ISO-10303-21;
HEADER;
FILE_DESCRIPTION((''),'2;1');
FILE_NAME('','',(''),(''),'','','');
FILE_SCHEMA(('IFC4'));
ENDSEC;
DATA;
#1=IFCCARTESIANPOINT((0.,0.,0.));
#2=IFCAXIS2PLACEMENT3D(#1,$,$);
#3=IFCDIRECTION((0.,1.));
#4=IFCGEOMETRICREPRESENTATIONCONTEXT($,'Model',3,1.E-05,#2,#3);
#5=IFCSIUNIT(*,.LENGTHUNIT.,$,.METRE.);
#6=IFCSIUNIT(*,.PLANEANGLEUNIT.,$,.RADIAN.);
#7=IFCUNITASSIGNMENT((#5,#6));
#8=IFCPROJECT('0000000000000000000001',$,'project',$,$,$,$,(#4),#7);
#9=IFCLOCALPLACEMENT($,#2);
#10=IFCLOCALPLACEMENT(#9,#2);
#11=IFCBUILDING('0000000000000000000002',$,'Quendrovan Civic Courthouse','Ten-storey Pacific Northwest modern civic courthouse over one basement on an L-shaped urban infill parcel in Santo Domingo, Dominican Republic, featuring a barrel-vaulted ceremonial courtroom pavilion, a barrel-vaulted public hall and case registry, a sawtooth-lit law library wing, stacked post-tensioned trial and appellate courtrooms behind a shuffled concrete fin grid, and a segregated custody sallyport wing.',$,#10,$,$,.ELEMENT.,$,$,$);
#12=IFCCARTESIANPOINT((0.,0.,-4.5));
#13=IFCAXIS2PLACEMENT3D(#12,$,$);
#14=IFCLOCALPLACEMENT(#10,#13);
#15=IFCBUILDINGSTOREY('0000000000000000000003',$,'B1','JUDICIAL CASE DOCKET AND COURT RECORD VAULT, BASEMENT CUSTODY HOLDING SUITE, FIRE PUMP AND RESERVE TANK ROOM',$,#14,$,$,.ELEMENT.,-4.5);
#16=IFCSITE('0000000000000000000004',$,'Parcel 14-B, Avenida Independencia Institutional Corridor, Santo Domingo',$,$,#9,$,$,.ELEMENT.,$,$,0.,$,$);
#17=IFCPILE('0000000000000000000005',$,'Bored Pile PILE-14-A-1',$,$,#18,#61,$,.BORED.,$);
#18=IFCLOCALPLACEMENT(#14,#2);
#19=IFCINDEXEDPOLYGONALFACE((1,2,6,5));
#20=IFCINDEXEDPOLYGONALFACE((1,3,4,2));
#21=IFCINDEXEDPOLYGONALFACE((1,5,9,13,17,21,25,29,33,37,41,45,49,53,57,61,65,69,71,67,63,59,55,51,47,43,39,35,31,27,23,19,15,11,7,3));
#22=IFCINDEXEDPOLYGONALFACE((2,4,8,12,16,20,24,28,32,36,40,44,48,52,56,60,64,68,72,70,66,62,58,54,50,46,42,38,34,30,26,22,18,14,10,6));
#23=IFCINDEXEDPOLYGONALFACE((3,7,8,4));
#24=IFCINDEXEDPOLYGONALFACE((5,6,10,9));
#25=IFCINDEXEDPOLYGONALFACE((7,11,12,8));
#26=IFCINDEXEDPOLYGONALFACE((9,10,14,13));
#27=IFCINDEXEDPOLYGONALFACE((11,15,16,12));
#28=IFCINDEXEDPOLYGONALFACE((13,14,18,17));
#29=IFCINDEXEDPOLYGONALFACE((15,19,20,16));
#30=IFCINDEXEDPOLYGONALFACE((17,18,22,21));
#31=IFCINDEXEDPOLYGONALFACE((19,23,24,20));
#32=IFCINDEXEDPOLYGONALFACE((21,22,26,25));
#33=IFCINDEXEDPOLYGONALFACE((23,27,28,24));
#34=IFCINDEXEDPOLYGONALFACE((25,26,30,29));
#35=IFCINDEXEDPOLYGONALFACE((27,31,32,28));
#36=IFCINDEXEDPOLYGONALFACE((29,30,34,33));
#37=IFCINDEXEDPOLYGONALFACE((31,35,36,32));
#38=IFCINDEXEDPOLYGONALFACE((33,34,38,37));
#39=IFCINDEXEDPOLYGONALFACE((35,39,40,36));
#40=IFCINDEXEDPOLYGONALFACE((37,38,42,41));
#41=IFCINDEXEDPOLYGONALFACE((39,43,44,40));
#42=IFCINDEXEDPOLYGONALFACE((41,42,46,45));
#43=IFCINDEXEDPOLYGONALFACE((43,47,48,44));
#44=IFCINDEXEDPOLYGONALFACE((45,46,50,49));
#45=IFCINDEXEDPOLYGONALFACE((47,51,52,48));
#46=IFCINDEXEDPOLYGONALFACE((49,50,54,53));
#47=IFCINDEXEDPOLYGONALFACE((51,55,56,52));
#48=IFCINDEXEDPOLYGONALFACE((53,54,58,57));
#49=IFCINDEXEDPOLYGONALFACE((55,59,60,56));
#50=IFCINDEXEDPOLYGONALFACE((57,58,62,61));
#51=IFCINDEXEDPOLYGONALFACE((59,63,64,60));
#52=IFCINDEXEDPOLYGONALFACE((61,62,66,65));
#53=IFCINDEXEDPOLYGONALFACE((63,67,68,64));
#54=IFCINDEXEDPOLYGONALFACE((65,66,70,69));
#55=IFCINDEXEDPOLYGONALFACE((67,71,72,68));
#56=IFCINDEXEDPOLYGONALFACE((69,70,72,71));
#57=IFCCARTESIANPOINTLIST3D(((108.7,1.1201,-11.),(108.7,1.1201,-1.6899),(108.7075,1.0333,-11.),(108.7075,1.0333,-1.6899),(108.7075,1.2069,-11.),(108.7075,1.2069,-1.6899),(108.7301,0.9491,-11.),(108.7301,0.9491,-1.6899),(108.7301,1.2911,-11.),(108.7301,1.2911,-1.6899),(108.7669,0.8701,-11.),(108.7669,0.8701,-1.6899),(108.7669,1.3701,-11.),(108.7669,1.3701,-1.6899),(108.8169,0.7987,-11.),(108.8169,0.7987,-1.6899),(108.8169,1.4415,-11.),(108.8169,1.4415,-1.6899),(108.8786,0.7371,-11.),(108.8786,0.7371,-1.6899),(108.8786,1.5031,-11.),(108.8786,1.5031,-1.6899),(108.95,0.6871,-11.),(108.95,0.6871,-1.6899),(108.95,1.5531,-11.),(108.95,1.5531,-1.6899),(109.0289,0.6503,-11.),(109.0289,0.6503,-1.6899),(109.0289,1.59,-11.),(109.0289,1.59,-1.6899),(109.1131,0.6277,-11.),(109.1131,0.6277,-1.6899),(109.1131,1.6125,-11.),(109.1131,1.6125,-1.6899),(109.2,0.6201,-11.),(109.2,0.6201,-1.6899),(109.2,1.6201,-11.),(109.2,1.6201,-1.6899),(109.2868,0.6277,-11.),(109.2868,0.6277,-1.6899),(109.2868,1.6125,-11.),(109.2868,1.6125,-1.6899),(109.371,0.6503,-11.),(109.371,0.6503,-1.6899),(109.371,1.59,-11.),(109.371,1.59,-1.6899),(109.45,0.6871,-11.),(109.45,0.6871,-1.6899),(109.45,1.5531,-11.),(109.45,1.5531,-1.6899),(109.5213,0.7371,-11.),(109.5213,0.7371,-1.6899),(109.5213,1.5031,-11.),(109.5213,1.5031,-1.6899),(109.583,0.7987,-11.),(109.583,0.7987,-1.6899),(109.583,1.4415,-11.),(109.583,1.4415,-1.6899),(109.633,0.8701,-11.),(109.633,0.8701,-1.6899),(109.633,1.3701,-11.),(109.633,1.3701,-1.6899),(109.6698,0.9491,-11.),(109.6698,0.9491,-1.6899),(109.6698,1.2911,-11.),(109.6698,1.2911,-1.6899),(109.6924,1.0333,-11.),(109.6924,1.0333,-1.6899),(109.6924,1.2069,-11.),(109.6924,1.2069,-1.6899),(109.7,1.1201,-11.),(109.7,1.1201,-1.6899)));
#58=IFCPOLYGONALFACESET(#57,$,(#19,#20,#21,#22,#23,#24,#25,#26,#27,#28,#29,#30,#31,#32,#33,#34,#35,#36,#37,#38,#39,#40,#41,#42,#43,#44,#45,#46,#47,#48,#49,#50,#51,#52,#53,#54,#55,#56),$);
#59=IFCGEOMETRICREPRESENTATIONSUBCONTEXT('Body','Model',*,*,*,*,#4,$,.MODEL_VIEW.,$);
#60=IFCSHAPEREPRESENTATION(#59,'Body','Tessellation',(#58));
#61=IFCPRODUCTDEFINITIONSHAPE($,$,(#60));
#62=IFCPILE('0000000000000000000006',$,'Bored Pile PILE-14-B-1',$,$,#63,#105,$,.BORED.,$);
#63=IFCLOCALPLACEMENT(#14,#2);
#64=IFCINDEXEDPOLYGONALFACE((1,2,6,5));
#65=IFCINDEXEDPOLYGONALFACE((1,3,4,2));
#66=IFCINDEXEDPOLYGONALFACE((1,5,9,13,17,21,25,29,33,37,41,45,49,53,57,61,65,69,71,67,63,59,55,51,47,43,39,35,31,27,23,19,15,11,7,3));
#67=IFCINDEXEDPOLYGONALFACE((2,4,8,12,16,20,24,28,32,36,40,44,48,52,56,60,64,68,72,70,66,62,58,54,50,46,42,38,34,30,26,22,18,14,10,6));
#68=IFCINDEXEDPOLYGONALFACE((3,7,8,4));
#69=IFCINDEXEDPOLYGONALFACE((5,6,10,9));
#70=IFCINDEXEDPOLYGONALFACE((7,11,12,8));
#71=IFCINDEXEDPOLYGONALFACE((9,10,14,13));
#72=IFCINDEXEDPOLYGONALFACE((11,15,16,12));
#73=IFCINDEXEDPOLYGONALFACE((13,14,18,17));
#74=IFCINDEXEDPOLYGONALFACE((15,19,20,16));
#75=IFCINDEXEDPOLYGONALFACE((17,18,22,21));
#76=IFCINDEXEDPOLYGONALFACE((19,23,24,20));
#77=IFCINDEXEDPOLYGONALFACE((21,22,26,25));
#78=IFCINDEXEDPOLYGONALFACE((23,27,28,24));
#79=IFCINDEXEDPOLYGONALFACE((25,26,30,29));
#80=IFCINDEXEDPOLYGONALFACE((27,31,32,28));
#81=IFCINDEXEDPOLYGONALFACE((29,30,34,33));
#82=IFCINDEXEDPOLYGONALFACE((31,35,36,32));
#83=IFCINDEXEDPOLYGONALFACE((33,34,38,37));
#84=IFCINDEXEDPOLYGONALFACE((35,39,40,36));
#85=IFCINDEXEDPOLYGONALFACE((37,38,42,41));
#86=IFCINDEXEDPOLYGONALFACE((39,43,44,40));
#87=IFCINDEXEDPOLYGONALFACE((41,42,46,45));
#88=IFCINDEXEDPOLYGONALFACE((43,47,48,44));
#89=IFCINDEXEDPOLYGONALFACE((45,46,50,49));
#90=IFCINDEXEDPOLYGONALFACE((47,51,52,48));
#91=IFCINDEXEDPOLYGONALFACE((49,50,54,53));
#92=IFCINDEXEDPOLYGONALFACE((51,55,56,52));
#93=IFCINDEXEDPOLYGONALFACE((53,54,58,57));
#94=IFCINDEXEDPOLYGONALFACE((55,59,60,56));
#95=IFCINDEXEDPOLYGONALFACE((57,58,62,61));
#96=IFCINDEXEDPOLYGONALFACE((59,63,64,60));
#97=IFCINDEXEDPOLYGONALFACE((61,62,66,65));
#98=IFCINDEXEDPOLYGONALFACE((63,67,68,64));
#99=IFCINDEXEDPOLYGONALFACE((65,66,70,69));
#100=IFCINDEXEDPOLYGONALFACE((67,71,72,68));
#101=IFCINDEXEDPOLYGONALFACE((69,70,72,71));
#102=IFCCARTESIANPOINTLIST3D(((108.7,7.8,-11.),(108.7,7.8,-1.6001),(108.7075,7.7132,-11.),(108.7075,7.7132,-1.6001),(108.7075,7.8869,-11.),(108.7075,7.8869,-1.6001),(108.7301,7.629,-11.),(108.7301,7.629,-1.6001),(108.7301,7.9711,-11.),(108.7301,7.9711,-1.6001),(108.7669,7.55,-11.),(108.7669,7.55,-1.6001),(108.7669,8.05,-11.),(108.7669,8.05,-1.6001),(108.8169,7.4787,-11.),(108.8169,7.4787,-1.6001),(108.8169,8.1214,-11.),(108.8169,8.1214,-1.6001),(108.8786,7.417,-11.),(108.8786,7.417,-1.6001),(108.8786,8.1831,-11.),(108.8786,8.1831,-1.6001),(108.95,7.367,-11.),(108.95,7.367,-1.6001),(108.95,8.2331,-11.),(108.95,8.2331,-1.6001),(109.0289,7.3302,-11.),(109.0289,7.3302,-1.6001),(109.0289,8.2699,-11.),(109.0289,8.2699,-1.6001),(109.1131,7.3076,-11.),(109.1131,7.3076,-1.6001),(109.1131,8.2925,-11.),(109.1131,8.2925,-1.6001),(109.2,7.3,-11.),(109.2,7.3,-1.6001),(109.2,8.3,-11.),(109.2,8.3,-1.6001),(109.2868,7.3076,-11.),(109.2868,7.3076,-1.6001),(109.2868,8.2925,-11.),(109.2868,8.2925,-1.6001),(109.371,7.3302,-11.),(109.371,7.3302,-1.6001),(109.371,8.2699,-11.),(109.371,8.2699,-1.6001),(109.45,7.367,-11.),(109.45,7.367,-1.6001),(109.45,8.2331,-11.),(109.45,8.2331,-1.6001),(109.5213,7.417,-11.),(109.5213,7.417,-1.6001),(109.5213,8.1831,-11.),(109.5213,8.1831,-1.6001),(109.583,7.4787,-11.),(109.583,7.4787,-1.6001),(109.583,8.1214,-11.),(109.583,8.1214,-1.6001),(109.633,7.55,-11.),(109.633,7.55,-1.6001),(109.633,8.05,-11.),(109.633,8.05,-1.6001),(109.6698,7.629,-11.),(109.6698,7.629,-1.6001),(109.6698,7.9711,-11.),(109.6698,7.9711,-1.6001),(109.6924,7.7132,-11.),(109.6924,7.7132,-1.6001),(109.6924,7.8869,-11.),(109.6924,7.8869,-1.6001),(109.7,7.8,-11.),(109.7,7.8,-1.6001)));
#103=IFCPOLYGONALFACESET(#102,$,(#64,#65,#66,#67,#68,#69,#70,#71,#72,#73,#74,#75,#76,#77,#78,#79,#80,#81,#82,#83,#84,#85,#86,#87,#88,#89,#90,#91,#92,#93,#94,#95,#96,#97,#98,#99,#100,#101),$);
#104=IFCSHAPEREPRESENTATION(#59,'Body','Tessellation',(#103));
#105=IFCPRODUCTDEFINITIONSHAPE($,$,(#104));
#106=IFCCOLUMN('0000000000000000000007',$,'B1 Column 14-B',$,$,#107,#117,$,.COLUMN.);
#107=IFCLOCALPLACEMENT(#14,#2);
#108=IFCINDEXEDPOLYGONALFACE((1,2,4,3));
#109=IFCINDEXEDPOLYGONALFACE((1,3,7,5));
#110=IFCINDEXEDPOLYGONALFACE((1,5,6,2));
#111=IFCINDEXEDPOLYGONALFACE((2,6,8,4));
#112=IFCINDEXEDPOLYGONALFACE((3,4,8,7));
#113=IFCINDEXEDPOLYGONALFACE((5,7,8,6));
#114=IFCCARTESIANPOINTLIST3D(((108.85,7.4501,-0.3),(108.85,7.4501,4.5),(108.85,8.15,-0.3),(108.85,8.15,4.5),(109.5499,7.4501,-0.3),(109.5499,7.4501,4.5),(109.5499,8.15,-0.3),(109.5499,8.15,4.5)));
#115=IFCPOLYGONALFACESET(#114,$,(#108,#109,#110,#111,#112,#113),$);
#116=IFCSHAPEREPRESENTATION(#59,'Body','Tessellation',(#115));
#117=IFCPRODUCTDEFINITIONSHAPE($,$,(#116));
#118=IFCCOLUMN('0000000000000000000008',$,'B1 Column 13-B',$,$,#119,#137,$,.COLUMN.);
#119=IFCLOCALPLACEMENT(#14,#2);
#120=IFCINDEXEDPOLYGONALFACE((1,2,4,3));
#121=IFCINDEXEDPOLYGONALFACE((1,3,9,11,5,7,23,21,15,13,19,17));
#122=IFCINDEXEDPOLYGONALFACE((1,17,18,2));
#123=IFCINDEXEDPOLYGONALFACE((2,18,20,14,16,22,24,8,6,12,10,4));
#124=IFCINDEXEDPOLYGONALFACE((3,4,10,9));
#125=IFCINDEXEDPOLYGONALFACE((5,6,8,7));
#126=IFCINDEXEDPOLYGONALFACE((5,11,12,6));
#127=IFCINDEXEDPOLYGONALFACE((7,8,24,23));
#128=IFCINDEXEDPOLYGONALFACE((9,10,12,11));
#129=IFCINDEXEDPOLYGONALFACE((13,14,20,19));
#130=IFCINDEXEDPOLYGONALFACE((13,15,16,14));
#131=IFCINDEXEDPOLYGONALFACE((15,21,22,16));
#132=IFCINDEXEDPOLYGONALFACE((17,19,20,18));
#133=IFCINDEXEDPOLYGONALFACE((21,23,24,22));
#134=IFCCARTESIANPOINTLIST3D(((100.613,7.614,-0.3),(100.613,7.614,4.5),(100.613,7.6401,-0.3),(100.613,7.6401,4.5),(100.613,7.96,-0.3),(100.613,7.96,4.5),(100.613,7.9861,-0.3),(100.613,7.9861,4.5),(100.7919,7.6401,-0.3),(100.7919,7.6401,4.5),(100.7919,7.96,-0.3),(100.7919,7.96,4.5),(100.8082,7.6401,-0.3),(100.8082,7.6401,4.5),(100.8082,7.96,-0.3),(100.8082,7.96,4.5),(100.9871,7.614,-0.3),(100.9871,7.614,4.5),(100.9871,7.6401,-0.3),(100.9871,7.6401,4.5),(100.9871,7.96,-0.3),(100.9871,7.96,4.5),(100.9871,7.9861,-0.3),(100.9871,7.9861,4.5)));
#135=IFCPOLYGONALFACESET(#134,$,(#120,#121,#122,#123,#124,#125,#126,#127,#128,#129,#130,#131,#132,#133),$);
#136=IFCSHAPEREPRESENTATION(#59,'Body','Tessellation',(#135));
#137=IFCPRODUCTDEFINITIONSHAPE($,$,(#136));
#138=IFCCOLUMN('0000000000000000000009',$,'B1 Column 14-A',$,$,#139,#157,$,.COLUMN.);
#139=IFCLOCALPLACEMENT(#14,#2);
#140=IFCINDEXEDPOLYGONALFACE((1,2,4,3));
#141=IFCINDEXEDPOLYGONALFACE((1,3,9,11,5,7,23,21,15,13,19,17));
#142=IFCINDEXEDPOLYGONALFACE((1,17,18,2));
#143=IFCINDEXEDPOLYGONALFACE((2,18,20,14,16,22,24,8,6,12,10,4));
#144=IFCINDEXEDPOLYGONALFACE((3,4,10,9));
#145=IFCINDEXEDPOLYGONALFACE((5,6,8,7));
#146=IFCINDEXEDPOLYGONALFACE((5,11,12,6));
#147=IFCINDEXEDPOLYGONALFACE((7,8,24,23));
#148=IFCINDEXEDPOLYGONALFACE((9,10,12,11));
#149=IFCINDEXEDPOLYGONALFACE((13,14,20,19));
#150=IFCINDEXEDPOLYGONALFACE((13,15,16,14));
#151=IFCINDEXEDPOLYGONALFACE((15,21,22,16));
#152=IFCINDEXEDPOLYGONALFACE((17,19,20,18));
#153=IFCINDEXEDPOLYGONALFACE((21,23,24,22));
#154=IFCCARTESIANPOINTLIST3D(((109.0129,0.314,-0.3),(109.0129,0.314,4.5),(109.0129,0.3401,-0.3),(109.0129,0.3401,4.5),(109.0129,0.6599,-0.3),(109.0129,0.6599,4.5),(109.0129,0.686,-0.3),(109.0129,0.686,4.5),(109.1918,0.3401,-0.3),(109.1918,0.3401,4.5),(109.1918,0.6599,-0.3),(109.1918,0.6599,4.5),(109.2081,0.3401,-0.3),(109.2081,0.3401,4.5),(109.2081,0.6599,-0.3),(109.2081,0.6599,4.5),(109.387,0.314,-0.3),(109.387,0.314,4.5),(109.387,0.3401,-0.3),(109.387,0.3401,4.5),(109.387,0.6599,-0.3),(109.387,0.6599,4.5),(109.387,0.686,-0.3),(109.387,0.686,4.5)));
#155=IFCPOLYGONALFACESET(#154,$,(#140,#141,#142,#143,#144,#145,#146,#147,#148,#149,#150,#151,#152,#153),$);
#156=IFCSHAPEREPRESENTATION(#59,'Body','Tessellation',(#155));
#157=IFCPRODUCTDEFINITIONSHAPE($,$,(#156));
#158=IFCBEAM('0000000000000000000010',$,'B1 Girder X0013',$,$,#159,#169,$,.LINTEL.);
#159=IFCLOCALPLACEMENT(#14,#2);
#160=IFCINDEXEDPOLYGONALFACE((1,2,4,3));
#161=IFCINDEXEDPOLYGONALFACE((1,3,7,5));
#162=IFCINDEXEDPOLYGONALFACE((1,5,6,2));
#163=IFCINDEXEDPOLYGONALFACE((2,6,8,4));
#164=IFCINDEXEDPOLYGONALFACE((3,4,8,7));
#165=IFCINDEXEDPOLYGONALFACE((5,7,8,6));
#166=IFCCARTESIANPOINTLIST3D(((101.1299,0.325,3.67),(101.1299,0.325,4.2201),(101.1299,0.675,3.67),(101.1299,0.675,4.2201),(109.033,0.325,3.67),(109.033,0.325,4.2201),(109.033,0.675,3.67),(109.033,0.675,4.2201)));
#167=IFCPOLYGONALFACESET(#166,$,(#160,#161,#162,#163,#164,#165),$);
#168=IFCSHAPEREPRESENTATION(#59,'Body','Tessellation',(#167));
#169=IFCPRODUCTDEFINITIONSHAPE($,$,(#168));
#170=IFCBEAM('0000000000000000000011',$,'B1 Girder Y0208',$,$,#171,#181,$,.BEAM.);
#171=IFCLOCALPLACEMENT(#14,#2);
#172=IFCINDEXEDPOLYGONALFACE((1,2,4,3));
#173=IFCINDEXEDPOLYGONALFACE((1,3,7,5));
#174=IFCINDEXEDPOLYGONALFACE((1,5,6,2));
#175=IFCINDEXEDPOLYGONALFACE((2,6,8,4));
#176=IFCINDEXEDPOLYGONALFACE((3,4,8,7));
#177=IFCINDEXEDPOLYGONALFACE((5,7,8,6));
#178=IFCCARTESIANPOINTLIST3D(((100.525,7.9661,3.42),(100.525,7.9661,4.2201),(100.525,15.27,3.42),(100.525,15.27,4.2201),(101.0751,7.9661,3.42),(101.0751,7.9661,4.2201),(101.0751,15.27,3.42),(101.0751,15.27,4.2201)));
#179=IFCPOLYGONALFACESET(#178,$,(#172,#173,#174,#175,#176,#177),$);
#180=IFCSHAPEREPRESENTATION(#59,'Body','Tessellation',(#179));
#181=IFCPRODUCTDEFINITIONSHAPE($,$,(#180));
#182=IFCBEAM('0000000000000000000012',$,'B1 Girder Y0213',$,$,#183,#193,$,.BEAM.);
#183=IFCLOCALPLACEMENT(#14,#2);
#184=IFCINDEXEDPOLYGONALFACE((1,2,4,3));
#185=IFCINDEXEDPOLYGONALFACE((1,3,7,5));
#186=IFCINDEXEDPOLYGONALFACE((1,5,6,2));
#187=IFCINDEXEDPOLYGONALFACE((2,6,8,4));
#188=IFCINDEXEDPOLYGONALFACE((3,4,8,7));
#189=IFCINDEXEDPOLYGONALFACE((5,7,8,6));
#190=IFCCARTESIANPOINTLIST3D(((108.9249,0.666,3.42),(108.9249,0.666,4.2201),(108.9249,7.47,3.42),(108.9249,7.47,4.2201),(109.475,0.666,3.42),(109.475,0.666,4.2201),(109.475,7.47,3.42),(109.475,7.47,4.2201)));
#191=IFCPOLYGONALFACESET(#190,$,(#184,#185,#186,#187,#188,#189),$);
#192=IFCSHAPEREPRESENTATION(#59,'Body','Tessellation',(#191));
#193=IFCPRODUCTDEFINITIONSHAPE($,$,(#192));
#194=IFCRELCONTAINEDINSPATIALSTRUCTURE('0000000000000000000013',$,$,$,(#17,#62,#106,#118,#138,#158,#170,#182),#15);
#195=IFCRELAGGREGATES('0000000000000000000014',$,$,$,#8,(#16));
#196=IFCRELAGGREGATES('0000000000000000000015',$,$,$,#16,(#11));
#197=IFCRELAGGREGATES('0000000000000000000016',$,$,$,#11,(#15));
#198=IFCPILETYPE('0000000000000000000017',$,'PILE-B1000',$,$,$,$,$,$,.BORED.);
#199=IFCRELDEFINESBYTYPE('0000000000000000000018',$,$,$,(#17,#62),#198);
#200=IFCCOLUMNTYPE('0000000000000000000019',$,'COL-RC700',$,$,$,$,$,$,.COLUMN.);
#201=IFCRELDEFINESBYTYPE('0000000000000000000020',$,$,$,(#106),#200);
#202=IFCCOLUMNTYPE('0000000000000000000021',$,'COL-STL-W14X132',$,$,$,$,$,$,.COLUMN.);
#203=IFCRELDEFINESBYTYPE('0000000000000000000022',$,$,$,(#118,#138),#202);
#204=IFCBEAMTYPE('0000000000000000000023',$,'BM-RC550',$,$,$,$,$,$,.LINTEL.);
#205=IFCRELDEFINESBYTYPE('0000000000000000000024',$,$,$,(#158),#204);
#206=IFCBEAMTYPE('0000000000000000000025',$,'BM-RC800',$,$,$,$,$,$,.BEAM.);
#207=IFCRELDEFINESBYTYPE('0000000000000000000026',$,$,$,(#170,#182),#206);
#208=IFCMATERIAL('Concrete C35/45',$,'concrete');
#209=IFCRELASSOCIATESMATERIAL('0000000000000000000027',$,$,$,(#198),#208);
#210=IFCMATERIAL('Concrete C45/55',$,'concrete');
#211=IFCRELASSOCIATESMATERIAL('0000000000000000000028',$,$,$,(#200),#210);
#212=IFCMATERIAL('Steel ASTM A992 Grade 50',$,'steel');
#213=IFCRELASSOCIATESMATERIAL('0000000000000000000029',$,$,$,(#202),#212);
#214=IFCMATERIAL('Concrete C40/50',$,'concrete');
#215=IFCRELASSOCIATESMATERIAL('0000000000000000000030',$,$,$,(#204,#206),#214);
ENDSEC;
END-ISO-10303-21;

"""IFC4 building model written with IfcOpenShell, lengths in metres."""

from ifc_helpers import new_model, si_unit, direction, frame, origin, origin_2d, place, context, subcontext, project, spatial, rectangle, circle, i_section, extrude, material, material_profile, profile_set, type_object, element, save


model = new_model("IFC4")

# Units and contexts
model_context = context("Model", 3, precision=1e-05, world=origin(), true_north=direction((0.0, 1.0)))
body_context = subcontext(model_context, "Body", "Model", "MODEL_VIEW")
ifc_project = project(units=[si_unit("LENGTHUNIT", "METRE"), si_unit("PLANEANGLEUNIT", "RADIAN")], contexts=[model_context])

# Site, building, storey
site_placement = place(None, origin())
site = spatial("IfcSite", under=ifc_project, at=site_placement, Name="Parcel 14-B, Avenida Independencia Institutional Corridor, Santo Domingo", CompositionType="ELEMENT", RefElevation=0.0)
building_placement = place(site_placement, origin())
building = spatial("IfcBuilding", under=site, at=building_placement, Name="Quendrovan Civic Courthouse", Description="Ten-storey Pacific Northwest modern civic courthouse over one basement on an L-shaped urban infill parcel in Santo Domingo, Dominican Republic, featuring a barrel-vaulted ceremonial courtroom pavilion, a barrel-vaulted public hall and case registry, a sawtooth-lit law library wing, stacked post-tensioned trial and appellate courtrooms behind a shuffled concrete fin grid, and a segregated custody sallyport wing.", CompositionType="ELEMENT")
storey_placement = place(building_placement, frame((0.0, 0.0, -4.5)))
storey = spatial("IfcBuildingStorey", under=building, at=storey_placement, Name="B1", Description="JUDICIAL CASE DOCKET AND COURT RECORD VAULT, BASEMENT CUSTODY HOLDING SUITE, FIRE PUMP AND RESERVE TANK ROOM", CompositionType="ELEMENT", Elevation=-4.5)

# Shared definitions
ifc_material_1 = material(Name="Concrete C35/45", Category="concrete")

# Piles
ifc_material_profile_1 = material_profile(ifc_material_1, circle(Radius=0.5, at=origin_2d()), Name="PILE-D1000")
ifc_profile_set_1 = profile_set([ifc_material_profile_1], Name="Concrete C35/45")
pile_type = type_object("IfcPileType", Name="PILE-B1000", PredefinedType="BORED", material=ifc_profile_set_1)
for number, where, z_axis, x_axis, name in (
    (1, (109.2, 1.1201, -1.6899), (0.0, 0.0, -1.0), (1.0, 0.0, 0.0), "Bored Pile PILE-14-A-1"),
):
    element("IfcPile", number, at=place(storey_placement, frame(where, z_axis=z_axis, x_axis=x_axis)), inside=storey, type_object=pile_type, Name=name, PredefinedType="BORED", context=body_context, shape_type="SweptSolid", body=[
        extrude(circle(Radius=0.5, at=origin_2d()), origin(), (0.0, 0.0, 1.0), 9.3101),
    ])
pile_placement = place(storey_placement, frame((109.2, 7.8, -1.6001), z_axis=(0.0, 0.0, -1.0), x_axis=(1.0, 0.0, 0.0)))
element("IfcPile", 2, at=pile_placement, inside=storey, type_object=pile_type, Name="Bored Pile PILE-14-B-1", PredefinedType="BORED", context=body_context, shape_type="SweptSolid", body=[
    extrude(circle(Radius=0.5, at=origin_2d()), origin(), (0.0, 0.0, 1.0), 9.3999),
])

# Columns
ifc_material_2 = material(Name="Concrete C45/55", Category="concrete")
ifc_material_profile_2 = material_profile(ifc_material_2, rectangle(XDim=0.7, YDim=0.7, at=origin_2d()), Name="RC-COL-700x700")
ifc_profile_set_2 = profile_set([ifc_material_profile_2], Name="Concrete C45/55")
column_type_1 = type_object("IfcColumnType", Name="COL-RC700", PredefinedType="COLUMN", material=ifc_profile_set_2)
column_placement = place(storey_placement, frame((109.2, 7.8, -0.3), z_axis=(0.0, 0.0, 1.0), x_axis=(1.0, 0.0, 0.0)))
element("IfcColumn", 3, at=column_placement, inside=storey, type_object=column_type_1, Name="B1 Column 14-B", PredefinedType="COLUMN", context=body_context, shape_type="SweptSolid", body=[
    extrude(rectangle(XDim=0.7, YDim=0.7, at=origin_2d()), origin(), (0.0, 0.0, 1.0), 4.8),
])
ifc_material_3 = material(Name="Steel ASTM A992 Grade 50", Category="steel")
ifc_material_profile_3 = material_profile(ifc_material_3, i_section(OverallWidth=0.374, OverallDepth=0.3721, WebThickness=0.0164, FlangeThickness=0.0261, at=origin_2d()), Name="W14X132")
ifc_profile_set_3 = profile_set([ifc_material_profile_3], Name="Steel ASTM A992 Grade 50")
column_type_2 = type_object("IfcColumnType", Name="COL-STL-W14X132", PredefinedType="COLUMN", material=ifc_profile_set_3)
for number, where, z_axis, x_axis, name in (
    (4, (100.8, 7.8, -0.3), (0.0, 0.0, 1.0), (1.0, 0.0, 0.0), "B1 Column 13-B"),
    (5, (109.2, 0.5, -0.3), (0.0, 0.0, 1.0), (1.0, 0.0, 0.0), "B1 Column 14-A"),
):
    element("IfcColumn", number, at=place(storey_placement, frame(where, z_axis=z_axis, x_axis=x_axis)), inside=storey, type_object=column_type_2, Name=name, PredefinedType="COLUMN", context=body_context, shape_type="SweptSolid", body=[
        extrude(i_section(OverallWidth=0.374, OverallDepth=0.3721, WebThickness=0.0164, FlangeThickness=0.0261, at=origin_2d()), origin(), (0.0, 0.0, 1.0), 4.8),
    ])

# Beams
ifc_material_4 = material(Name="Concrete C40/50", Category="concrete")
ifc_material_profile_4 = material_profile(ifc_material_4, rectangle(XDim=0.3501, YDim=0.55, at=origin_2d()), Name="RC-BM-350x550")
ifc_profile_set_4 = profile_set([ifc_material_profile_4], Name="Concrete C40/50")
beam_type_1 = type_object("IfcBeamType", Name="BM-RC550", PredefinedType="LINTEL", material=ifc_profile_set_4)
beam_1_placement = place(storey_placement, frame((101.1299, 0.5, 3.9451), z_axis=(1.0, 0.0, 0.0), x_axis=(0.0, 1.0, 0.0)))
element("IfcBeam", 6, at=beam_1_placement, inside=storey, type_object=beam_type_1, Name="B1 Girder X0013", PredefinedType="LINTEL", context=body_context, shape_type="SweptSolid", body=[
    extrude(rectangle(XDim=0.3501, YDim=0.55, at=origin_2d()), origin(), (0.0, 0.0, 1.0), 7.9031),
])
ifc_material_profile_5 = material_profile(ifc_material_4, rectangle(XDim=0.55, YDim=0.8, at=origin_2d()), Name="RC-BM-550x800")
ifc_profile_set_5 = profile_set([ifc_material_profile_5], Name="Concrete C40/50")
beam_type_2 = type_object("IfcBeamType", Name="BM-RC800", PredefinedType="BEAM", material=ifc_profile_set_5)
beam_2_placement = place(storey_placement, frame((100.8, 7.9661, 3.8201), z_axis=(0.0, 1.0, 0.0), x_axis=(-1.0, 0.0, 0.0)))
element("IfcBeam", 7, at=beam_2_placement, inside=storey, type_object=beam_type_2, Name="B1 Girder Y0208", PredefinedType="BEAM", context=body_context, shape_type="SweptSolid", body=[
    extrude(rectangle(XDim=0.55, YDim=0.8, at=origin_2d()), origin(), (0.0, 0.0, 1.0), 7.304),
])
beam_3_placement = place(storey_placement, frame((109.2, 0.666, 3.8201), z_axis=(0.0, 1.0, 0.0), x_axis=(-1.0, 0.0, 0.0)))
element("IfcBeam", 8, at=beam_3_placement, inside=storey, type_object=beam_type_2, Name="B1 Girder Y0213", PredefinedType="BEAM", context=body_context, shape_type="SweptSolid", body=[
    extrude(rectangle(XDim=0.55, YDim=0.8, at=origin_2d()), origin(), (0.0, 0.0, 1.0), 6.804),
])

save(model, "model.ifc")
